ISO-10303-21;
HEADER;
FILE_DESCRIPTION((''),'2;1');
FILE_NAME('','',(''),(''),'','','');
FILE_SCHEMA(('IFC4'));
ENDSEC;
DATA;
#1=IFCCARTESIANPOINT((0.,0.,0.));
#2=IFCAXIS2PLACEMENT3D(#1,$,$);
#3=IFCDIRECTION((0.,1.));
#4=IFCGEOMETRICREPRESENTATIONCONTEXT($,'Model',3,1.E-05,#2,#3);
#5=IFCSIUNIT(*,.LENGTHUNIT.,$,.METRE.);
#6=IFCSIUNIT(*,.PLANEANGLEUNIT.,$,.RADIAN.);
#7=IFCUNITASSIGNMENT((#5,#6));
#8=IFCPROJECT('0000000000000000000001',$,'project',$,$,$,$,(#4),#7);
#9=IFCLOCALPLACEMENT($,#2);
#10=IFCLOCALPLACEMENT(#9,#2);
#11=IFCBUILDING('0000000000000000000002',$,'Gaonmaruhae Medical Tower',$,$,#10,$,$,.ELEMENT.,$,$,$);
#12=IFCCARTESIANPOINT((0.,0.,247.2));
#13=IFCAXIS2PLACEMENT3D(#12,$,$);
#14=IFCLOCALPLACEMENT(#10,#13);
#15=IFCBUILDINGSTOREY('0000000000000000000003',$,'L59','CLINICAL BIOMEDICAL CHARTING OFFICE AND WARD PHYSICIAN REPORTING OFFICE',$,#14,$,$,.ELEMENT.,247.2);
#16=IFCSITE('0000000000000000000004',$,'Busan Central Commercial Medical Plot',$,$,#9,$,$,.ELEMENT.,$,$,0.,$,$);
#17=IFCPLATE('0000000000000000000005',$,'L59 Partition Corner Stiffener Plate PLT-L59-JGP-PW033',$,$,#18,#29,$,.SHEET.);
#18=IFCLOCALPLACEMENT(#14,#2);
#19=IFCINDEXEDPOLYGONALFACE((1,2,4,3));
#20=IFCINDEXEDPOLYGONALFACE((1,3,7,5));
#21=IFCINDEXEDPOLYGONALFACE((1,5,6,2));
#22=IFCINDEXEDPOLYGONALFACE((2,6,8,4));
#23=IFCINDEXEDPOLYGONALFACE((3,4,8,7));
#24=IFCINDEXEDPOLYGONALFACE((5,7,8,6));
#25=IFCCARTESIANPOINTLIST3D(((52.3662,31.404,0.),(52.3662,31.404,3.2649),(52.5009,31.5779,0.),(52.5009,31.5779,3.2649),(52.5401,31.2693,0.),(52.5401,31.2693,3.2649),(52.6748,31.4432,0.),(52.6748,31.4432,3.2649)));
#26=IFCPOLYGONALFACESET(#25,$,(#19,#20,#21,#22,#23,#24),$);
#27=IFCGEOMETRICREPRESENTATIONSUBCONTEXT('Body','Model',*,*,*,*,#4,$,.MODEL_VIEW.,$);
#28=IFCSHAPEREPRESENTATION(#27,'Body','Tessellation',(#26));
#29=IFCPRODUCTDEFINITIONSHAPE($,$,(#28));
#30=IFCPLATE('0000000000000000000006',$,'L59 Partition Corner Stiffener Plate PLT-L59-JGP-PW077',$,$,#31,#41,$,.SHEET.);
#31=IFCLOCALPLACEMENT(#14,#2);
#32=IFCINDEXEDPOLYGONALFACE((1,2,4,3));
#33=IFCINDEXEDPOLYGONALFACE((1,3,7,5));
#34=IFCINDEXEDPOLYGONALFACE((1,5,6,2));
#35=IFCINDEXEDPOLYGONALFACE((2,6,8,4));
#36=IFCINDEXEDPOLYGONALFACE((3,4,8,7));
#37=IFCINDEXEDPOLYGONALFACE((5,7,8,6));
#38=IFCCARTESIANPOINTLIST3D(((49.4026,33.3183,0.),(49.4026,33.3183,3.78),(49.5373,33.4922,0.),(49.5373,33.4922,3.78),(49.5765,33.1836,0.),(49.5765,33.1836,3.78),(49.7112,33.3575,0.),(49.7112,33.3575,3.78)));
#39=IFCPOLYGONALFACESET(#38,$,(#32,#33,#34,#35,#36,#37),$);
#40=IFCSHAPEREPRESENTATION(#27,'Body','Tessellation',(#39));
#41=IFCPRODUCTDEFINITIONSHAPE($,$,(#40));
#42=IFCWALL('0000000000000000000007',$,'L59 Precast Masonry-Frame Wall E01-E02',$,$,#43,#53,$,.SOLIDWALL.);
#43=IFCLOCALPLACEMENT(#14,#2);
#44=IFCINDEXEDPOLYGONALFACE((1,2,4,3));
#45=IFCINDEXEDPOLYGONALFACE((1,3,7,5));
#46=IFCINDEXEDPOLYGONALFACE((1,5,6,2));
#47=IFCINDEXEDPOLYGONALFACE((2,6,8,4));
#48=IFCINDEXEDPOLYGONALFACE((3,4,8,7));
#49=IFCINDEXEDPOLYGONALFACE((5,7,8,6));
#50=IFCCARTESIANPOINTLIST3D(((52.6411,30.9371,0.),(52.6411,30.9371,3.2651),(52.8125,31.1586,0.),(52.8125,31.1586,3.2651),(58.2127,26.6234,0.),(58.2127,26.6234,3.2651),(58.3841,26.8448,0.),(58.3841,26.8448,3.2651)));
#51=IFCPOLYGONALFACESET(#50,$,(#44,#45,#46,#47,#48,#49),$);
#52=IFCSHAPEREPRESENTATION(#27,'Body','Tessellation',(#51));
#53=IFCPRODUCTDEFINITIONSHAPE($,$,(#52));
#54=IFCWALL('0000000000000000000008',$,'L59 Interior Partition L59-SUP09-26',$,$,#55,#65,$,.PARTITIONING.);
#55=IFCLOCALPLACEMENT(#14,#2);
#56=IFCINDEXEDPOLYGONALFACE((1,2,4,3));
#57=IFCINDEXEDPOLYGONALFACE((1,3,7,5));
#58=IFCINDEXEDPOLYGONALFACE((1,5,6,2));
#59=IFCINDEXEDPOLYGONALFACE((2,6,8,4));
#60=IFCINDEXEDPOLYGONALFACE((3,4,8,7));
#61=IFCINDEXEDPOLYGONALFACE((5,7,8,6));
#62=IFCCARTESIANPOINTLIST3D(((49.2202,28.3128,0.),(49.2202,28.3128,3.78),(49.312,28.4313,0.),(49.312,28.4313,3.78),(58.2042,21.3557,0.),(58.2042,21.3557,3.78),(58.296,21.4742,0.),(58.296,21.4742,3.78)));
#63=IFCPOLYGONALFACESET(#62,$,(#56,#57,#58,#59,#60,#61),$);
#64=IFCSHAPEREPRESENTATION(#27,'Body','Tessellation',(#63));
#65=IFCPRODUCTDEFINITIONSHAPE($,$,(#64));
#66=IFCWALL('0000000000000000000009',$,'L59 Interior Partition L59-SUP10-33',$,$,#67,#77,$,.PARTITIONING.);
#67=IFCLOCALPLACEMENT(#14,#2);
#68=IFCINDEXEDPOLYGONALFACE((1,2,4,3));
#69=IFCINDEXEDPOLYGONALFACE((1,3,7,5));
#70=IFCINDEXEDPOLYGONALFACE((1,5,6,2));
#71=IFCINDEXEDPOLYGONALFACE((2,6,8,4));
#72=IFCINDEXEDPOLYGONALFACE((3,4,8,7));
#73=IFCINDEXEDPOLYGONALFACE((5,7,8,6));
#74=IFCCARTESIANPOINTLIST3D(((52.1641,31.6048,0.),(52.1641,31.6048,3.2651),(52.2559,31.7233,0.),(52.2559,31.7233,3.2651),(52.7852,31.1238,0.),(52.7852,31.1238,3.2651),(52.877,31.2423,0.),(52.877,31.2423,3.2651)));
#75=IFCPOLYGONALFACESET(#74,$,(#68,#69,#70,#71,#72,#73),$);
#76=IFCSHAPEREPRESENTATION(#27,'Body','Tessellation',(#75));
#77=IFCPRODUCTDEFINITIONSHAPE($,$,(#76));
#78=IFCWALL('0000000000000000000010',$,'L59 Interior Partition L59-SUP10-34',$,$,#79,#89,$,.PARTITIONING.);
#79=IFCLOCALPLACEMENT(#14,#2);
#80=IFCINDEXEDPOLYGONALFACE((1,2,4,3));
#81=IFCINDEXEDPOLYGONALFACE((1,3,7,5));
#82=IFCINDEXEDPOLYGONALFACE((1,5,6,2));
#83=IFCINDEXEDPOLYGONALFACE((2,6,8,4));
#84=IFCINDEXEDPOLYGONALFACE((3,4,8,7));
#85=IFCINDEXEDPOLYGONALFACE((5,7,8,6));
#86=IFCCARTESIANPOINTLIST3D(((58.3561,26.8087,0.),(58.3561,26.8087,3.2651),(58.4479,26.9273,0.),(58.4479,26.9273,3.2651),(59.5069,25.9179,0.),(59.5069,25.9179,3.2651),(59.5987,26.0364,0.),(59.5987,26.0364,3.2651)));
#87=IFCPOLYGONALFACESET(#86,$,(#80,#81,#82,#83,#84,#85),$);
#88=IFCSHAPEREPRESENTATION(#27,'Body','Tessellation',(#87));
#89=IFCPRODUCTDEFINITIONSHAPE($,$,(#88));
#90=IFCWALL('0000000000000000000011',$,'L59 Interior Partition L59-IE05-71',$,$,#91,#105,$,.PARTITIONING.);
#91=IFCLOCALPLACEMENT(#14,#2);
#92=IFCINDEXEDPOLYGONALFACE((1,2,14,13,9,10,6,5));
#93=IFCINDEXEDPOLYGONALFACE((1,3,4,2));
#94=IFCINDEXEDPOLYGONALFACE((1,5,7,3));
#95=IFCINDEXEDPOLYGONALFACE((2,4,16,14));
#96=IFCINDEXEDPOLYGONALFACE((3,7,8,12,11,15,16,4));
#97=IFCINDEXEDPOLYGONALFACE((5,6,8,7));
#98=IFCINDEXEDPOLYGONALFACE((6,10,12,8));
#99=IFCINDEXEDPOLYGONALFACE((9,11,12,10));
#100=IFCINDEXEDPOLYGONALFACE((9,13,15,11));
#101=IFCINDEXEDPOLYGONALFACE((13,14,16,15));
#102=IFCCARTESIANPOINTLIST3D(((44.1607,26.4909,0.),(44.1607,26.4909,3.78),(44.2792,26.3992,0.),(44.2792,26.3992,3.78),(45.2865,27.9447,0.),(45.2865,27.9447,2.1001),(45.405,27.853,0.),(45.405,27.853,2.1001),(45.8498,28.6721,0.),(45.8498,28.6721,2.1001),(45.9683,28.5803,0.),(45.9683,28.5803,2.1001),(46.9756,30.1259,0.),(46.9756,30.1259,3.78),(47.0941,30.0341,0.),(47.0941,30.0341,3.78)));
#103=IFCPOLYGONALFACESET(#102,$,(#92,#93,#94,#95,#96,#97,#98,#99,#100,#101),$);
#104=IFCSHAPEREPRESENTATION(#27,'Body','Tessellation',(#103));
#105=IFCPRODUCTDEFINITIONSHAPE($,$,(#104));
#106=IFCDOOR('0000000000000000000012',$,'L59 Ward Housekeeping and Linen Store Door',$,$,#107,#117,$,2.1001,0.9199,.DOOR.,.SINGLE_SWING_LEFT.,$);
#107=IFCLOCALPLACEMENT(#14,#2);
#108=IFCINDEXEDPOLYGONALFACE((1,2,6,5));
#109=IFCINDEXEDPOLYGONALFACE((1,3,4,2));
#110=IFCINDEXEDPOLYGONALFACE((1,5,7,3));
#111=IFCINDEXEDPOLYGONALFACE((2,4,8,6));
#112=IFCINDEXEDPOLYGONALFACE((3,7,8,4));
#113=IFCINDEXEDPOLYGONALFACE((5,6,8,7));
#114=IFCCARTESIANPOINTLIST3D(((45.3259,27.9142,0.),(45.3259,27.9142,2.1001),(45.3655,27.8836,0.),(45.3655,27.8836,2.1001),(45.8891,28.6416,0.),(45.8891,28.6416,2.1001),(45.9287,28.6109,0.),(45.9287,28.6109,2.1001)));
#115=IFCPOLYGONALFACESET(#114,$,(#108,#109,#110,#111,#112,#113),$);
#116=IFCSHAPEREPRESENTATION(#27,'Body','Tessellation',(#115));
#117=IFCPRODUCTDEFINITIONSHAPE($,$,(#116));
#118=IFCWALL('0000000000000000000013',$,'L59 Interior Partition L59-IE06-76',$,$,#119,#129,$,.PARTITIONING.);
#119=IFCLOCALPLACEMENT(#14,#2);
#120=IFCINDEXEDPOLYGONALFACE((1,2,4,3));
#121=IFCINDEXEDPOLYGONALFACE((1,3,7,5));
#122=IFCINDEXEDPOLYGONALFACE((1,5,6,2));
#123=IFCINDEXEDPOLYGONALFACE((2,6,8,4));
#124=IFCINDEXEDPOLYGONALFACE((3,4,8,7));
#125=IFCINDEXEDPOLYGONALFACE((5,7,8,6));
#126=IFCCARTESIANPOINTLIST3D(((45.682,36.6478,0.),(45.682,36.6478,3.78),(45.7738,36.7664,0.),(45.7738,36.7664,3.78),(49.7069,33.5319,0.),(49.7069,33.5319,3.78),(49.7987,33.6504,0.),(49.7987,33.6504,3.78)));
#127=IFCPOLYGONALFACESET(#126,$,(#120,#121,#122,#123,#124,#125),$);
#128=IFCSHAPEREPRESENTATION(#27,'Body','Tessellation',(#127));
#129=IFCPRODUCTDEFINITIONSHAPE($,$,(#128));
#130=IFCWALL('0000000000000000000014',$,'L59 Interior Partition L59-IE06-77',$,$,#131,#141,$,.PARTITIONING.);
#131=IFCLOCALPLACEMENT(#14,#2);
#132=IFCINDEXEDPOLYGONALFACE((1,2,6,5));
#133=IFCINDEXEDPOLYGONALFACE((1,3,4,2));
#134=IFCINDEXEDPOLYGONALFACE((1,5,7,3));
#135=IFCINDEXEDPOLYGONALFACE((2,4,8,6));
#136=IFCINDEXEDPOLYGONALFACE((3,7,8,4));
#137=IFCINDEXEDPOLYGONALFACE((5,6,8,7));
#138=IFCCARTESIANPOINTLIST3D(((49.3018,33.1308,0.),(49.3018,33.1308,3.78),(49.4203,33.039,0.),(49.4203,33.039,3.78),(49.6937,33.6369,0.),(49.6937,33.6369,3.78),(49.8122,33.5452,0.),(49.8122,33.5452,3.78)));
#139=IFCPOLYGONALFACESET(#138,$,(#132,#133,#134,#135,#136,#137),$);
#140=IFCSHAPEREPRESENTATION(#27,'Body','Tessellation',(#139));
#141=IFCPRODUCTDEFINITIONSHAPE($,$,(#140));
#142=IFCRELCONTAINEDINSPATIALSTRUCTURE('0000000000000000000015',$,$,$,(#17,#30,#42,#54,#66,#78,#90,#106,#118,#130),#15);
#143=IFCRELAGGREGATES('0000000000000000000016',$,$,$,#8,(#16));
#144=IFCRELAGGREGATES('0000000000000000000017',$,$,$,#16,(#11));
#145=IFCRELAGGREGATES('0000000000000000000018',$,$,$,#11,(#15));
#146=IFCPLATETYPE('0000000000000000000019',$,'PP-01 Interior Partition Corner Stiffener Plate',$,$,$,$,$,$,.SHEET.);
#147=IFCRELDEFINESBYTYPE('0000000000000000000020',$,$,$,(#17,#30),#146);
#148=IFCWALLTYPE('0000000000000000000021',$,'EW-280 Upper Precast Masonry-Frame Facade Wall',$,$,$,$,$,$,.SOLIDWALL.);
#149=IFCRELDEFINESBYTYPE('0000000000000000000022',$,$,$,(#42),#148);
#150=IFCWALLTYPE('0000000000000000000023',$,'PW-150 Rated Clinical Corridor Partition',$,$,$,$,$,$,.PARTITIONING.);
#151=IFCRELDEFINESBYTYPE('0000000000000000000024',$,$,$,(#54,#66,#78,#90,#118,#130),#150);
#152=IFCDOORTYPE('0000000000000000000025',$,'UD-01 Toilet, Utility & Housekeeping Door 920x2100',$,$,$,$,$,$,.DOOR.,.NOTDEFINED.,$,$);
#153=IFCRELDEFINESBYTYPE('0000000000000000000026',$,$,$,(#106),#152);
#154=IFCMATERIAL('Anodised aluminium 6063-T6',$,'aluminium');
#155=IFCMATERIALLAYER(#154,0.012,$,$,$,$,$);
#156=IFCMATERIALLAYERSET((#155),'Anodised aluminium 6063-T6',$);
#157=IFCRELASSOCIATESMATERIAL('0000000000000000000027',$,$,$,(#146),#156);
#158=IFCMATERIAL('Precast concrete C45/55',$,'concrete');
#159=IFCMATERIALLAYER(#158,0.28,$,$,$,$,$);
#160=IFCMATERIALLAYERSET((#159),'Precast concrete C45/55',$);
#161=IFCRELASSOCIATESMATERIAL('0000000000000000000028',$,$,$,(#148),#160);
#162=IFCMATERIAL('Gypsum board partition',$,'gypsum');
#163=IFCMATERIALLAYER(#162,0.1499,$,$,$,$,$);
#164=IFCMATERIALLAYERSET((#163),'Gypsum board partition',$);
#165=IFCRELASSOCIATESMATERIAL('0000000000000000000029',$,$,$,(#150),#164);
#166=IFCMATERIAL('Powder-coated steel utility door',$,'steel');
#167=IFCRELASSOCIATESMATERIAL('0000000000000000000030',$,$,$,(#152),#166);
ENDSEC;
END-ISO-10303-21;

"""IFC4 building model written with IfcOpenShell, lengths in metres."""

from ifc_helpers import new_model, si_unit, direction, frame, frame_2d, origin, origin_2d, place, context, subcontext, project, spatial, rectangle, extrude, material, layer, layer_set, type_object, element, fill, save


model = new_model("IFC4")

# Units and contexts
model_context = context("Model", 3, precision=1e-05, world=origin(), true_north=direction((0.0, 1.0)))
body_context = subcontext(model_context, "Body", "Model", "MODEL_VIEW")
ifc_project = project(units=[si_unit("LENGTHUNIT", "METRE"), si_unit("PLANEANGLEUNIT", "RADIAN")], contexts=[model_context])

# Site, building, storey
site_placement = place(None, origin())
site = spatial("IfcSite", under=ifc_project, at=site_placement, Name="Busan Central Commercial Medical Plot", CompositionType="ELEMENT", RefElevation=0.0)
building_placement = place(site_placement, origin())
building = spatial("IfcBuilding", under=site, at=building_placement, Name="Gaonmaruhae Medical Tower", CompositionType="ELEMENT")
storey_placement = place(building_placement, frame((0.0, 0.0, 247.2)))
storey = spatial("IfcBuildingStorey", under=building, at=storey_placement, Name="L59", Description="CLINICAL BIOMEDICAL CHARTING OFFICE AND WARD PHYSICIAN REPORTING OFFICE", CompositionType="ELEMENT", Elevation=247.2)

# Plates
ifc_material_1 = material(Name="Anodised aluminium 6063-T6", Category="aluminium")
ifc_layer_1 = layer(ifc_material_1, 0.012)
ifc_layer_set_1 = layer_set([ifc_layer_1], Name="Anodised aluminium 6063-T6")
plate_type_1 = type_object("IfcPlateType", Name="PP-01 Interior Partition Corner Stiffener Plate", PredefinedType="SHEET", material=ifc_layer_set_1)
plate_1_placement = place(storey_placement, frame((52.5205, 31.4236, 0.0), z_axis=(0.0, 0.0, 1.0), x_axis=(0.790583, -0.612355, 0.0)))
element("IfcPlate", 1, at=plate_1_placement, inside=storey, type_object=plate_type_1, Name="L59 Partition Corner Stiffener Plate PLT-L59-JGP-PW033", PredefinedType="SHEET", context=body_context, shape_type="SweptSolid", body=[
    extrude(rectangle(XDim=0.22, YDim=0.22, at=origin_2d()), origin(), (0.0, 0.0, 1.0), 3.2649),
])
plate_2_placement = place(storey_placement, frame((49.5569, 33.3379, 0.0), z_axis=(0.0, 0.0, 1.0), x_axis=(-0.612424, -0.790529, 0.0)))
element("IfcPlate", 2, at=plate_2_placement, inside=storey, type_object=plate_type_1, Name="L59 Partition Corner Stiffener Plate PLT-L59-JGP-PW077", PredefinedType="SHEET", context=body_context, shape_type="SweptSolid", body=[
    extrude(rectangle(XDim=0.22, YDim=0.22, at=origin_2d()), origin(), (0.0, 0.0, 1.0), 3.78),
])

# Walls
ifc_material_2 = material(Name="Precast concrete C45/55", Category="concrete")
ifc_layer_2 = layer(ifc_material_2, 0.28)
ifc_layer_set_2 = layer_set([ifc_layer_2], Name="Precast concrete C45/55")
wall_type_1 = type_object("IfcWallType", Name="EW-280 Upper Precast Masonry-Frame Facade Wall", PredefinedType="SOLIDWALL", material=ifc_layer_set_2)
wall_1_placement = place(storey_placement, frame((52.7268, 31.0479, 0.0), z_axis=(0.0, 0.0, 1.0), x_axis=(0.790705, -0.612198, 0.0)))
element("IfcWall", 3, at=wall_1_placement, inside=storey, type_object=wall_type_1, Name="L59 Precast Masonry-Frame Wall E01-E02", PredefinedType="SOLIDWALL", context=body_context, shape_type="SweptSolid", body=[
    extrude(rectangle(XDim=7.0464, YDim=0.28, at=frame_2d((3.5232, 0.0))), origin(), (0.0, 0.0, 1.0), 3.2651),
])
ifc_material_3 = material(Name="Gypsum board partition", Category="gypsum")
ifc_layer_3 = layer(ifc_material_3, 0.1499)
ifc_layer_set_3 = layer_set([ifc_layer_3], Name="Gypsum board partition")
wall_type_2 = type_object("IfcWallType", Name="PW-150 Rated Clinical Corridor Partition", PredefinedType="PARTITIONING", material=ifc_layer_set_3)
wall_2_placement = place(storey_placement, frame((49.2661, 28.3721, 0.0), z_axis=(0.0, 0.0, 1.0), x_axis=(0.790649, -0.61227, 0.0)))
element("IfcWall", 4, at=wall_2_placement, inside=storey, type_object=wall_type_2, Name="L59 Interior Partition L59-SUP09-26", PredefinedType="PARTITIONING", context=body_context, shape_type="SweptSolid", body=[
    extrude(rectangle(XDim=11.3628, YDim=0.1499, at=frame_2d((5.6814, 0.0))), origin(), (0.0, 0.0, 1.0), 3.78),
])

# Walls
wall_3_placement = place(storey_placement, frame((52.21, 31.6641, 0.0), z_axis=(0.0, 0.0, 1.0), x_axis=(0.790656, -0.612261, 0.0)))
element("IfcWall", 5, at=wall_3_placement, inside=storey, type_object=wall_type_2, Name="L59 Interior Partition L59-SUP10-33", PredefinedType="PARTITIONING", context=body_context, shape_type="SweptSolid", body=[
    extrude(rectangle(XDim=0.7856, YDim=0.1499, at=frame_2d((0.3928, 0.0))), origin(), (0.0, 0.0, 1.0), 3.2651),
])
wall_4_placement = place(storey_placement, frame((58.4021, 26.8679, 0.0), z_axis=(0.0, 0.0, 1.0), x_axis=(0.790768, -0.612116, 0.0)))
element("IfcWall", 6, at=wall_4_placement, inside=storey, type_object=wall_type_2, Name="L59 Interior Partition L59-SUP10-34", PredefinedType="PARTITIONING", context=body_context, shape_type="SweptSolid", body=[
    extrude(rectangle(XDim=1.4553, YDim=0.1499, at=frame_2d((0.7275, 0.0))), origin(), (0.0, 0.0, 1.0), 3.2651),
])

# Wall, opening, door
wall_5_placement = place(storey_placement, frame((47.0349, 30.0801, 0.0), z_axis=(0.0, 0.0, 1.0), x_axis=(-0.612274, -0.790646, 0.0)))
wall_5 = element("IfcWall", 7, at=wall_5_placement, inside=storey, type_object=wall_type_2, Name="L59 Interior Partition L59-IE05-71", PredefinedType="PARTITIONING", context=body_context, shape_type="SweptSolid", body=[
    extrude(rectangle(XDim=4.5974, YDim=0.1499, at=frame_2d((2.2988, 0.0))), origin(), (0.0, 0.0, 1.0), 3.78),
])
opening_1_placement = place(wall_5_placement, frame((1.8389, 0.0, 0.0)))
opening_1 = element("IfcOpeningElement", 8, at=opening_1_placement, cuts=wall_5, PredefinedType="OPENING", context=body_context, shape_type="SweptSolid", body=[
    extrude(rectangle(XDim=0.9199, YDim=2.1001, at=frame_2d((0.46, 1.05))), frame((0.0, 0.085, 0.0), z_axis=(0.0, -1.0, 0.0), x_axis=(1.0, 0.0, 0.0)), (0.0, 0.0, 1.0), 0.1699),
])
ifc_material_4 = material(Name="Powder-coated steel utility door", Category="steel")
door_type_1 = type_object("IfcDoorType", Name="UD-01 Toilet, Utility & Housekeeping Door 920x2100", OperationType="NOTDEFINED", PredefinedType="DOOR", material=ifc_material_4)
door_1_placement = place(opening_1_placement, origin())
door_1 = element("IfcDoor", 9, at=door_1_placement, inside=storey, type_object=door_type_1, Name="L59 Ward Housekeeping and Linen Store Door", OperationType="SINGLE_SWING_LEFT", OverallHeight=2.1001, OverallWidth=0.9199, PredefinedType="DOOR", context=body_context, shape_type="SweptSolid", body=[
    extrude(rectangle(XDim=0.9199, YDim=2.1001, at=frame_2d((0.46, 1.05))), frame((0.0, 0.0249, 0.0), z_axis=(0.0, -1.0, 0.0), x_axis=(1.0, 0.0, 0.0)), (0.0, 0.0, 1.0), 0.05),
])
fill(opening_1, door_1)

# Walls
wall_6_placement = place(storey_placement, frame((45.728, 36.707, 0.0), z_axis=(0.0, 0.0, 1.0), x_axis=(0.790732, -0.612163, 0.0)))
element("IfcWall", 10, at=wall_6_placement, inside=storey, type_object=wall_type_2, Name="L59 Interior Partition L59-IE06-76", PredefinedType="PARTITIONING", context=body_context, shape_type="SweptSolid", body=[
    extrude(rectangle(XDim=5.0901, YDim=0.1499, at=frame_2d((2.5449, 0.0))), origin(), (0.0, 0.0, 1.0), 3.78),
])
wall_7_placement = place(storey_placement, frame((49.7529, 33.5911, 0.0), z_axis=(0.0, 0.0, 1.0), x_axis=(-0.612196, -0.790706, 0.0)))
element("IfcWall", 11, at=wall_7_placement, inside=storey, type_object=wall_type_2, Name="L59 Interior Partition L59-IE06-77", PredefinedType="PARTITIONING", context=body_context, shape_type="SweptSolid", body=[
    extrude(rectangle(XDim=0.6401, YDim=0.1499, at=frame_2d((0.3201, 0.0))), origin(), (0.0, 0.0, 1.0), 3.78),
])

save(model, "model.ifc")
